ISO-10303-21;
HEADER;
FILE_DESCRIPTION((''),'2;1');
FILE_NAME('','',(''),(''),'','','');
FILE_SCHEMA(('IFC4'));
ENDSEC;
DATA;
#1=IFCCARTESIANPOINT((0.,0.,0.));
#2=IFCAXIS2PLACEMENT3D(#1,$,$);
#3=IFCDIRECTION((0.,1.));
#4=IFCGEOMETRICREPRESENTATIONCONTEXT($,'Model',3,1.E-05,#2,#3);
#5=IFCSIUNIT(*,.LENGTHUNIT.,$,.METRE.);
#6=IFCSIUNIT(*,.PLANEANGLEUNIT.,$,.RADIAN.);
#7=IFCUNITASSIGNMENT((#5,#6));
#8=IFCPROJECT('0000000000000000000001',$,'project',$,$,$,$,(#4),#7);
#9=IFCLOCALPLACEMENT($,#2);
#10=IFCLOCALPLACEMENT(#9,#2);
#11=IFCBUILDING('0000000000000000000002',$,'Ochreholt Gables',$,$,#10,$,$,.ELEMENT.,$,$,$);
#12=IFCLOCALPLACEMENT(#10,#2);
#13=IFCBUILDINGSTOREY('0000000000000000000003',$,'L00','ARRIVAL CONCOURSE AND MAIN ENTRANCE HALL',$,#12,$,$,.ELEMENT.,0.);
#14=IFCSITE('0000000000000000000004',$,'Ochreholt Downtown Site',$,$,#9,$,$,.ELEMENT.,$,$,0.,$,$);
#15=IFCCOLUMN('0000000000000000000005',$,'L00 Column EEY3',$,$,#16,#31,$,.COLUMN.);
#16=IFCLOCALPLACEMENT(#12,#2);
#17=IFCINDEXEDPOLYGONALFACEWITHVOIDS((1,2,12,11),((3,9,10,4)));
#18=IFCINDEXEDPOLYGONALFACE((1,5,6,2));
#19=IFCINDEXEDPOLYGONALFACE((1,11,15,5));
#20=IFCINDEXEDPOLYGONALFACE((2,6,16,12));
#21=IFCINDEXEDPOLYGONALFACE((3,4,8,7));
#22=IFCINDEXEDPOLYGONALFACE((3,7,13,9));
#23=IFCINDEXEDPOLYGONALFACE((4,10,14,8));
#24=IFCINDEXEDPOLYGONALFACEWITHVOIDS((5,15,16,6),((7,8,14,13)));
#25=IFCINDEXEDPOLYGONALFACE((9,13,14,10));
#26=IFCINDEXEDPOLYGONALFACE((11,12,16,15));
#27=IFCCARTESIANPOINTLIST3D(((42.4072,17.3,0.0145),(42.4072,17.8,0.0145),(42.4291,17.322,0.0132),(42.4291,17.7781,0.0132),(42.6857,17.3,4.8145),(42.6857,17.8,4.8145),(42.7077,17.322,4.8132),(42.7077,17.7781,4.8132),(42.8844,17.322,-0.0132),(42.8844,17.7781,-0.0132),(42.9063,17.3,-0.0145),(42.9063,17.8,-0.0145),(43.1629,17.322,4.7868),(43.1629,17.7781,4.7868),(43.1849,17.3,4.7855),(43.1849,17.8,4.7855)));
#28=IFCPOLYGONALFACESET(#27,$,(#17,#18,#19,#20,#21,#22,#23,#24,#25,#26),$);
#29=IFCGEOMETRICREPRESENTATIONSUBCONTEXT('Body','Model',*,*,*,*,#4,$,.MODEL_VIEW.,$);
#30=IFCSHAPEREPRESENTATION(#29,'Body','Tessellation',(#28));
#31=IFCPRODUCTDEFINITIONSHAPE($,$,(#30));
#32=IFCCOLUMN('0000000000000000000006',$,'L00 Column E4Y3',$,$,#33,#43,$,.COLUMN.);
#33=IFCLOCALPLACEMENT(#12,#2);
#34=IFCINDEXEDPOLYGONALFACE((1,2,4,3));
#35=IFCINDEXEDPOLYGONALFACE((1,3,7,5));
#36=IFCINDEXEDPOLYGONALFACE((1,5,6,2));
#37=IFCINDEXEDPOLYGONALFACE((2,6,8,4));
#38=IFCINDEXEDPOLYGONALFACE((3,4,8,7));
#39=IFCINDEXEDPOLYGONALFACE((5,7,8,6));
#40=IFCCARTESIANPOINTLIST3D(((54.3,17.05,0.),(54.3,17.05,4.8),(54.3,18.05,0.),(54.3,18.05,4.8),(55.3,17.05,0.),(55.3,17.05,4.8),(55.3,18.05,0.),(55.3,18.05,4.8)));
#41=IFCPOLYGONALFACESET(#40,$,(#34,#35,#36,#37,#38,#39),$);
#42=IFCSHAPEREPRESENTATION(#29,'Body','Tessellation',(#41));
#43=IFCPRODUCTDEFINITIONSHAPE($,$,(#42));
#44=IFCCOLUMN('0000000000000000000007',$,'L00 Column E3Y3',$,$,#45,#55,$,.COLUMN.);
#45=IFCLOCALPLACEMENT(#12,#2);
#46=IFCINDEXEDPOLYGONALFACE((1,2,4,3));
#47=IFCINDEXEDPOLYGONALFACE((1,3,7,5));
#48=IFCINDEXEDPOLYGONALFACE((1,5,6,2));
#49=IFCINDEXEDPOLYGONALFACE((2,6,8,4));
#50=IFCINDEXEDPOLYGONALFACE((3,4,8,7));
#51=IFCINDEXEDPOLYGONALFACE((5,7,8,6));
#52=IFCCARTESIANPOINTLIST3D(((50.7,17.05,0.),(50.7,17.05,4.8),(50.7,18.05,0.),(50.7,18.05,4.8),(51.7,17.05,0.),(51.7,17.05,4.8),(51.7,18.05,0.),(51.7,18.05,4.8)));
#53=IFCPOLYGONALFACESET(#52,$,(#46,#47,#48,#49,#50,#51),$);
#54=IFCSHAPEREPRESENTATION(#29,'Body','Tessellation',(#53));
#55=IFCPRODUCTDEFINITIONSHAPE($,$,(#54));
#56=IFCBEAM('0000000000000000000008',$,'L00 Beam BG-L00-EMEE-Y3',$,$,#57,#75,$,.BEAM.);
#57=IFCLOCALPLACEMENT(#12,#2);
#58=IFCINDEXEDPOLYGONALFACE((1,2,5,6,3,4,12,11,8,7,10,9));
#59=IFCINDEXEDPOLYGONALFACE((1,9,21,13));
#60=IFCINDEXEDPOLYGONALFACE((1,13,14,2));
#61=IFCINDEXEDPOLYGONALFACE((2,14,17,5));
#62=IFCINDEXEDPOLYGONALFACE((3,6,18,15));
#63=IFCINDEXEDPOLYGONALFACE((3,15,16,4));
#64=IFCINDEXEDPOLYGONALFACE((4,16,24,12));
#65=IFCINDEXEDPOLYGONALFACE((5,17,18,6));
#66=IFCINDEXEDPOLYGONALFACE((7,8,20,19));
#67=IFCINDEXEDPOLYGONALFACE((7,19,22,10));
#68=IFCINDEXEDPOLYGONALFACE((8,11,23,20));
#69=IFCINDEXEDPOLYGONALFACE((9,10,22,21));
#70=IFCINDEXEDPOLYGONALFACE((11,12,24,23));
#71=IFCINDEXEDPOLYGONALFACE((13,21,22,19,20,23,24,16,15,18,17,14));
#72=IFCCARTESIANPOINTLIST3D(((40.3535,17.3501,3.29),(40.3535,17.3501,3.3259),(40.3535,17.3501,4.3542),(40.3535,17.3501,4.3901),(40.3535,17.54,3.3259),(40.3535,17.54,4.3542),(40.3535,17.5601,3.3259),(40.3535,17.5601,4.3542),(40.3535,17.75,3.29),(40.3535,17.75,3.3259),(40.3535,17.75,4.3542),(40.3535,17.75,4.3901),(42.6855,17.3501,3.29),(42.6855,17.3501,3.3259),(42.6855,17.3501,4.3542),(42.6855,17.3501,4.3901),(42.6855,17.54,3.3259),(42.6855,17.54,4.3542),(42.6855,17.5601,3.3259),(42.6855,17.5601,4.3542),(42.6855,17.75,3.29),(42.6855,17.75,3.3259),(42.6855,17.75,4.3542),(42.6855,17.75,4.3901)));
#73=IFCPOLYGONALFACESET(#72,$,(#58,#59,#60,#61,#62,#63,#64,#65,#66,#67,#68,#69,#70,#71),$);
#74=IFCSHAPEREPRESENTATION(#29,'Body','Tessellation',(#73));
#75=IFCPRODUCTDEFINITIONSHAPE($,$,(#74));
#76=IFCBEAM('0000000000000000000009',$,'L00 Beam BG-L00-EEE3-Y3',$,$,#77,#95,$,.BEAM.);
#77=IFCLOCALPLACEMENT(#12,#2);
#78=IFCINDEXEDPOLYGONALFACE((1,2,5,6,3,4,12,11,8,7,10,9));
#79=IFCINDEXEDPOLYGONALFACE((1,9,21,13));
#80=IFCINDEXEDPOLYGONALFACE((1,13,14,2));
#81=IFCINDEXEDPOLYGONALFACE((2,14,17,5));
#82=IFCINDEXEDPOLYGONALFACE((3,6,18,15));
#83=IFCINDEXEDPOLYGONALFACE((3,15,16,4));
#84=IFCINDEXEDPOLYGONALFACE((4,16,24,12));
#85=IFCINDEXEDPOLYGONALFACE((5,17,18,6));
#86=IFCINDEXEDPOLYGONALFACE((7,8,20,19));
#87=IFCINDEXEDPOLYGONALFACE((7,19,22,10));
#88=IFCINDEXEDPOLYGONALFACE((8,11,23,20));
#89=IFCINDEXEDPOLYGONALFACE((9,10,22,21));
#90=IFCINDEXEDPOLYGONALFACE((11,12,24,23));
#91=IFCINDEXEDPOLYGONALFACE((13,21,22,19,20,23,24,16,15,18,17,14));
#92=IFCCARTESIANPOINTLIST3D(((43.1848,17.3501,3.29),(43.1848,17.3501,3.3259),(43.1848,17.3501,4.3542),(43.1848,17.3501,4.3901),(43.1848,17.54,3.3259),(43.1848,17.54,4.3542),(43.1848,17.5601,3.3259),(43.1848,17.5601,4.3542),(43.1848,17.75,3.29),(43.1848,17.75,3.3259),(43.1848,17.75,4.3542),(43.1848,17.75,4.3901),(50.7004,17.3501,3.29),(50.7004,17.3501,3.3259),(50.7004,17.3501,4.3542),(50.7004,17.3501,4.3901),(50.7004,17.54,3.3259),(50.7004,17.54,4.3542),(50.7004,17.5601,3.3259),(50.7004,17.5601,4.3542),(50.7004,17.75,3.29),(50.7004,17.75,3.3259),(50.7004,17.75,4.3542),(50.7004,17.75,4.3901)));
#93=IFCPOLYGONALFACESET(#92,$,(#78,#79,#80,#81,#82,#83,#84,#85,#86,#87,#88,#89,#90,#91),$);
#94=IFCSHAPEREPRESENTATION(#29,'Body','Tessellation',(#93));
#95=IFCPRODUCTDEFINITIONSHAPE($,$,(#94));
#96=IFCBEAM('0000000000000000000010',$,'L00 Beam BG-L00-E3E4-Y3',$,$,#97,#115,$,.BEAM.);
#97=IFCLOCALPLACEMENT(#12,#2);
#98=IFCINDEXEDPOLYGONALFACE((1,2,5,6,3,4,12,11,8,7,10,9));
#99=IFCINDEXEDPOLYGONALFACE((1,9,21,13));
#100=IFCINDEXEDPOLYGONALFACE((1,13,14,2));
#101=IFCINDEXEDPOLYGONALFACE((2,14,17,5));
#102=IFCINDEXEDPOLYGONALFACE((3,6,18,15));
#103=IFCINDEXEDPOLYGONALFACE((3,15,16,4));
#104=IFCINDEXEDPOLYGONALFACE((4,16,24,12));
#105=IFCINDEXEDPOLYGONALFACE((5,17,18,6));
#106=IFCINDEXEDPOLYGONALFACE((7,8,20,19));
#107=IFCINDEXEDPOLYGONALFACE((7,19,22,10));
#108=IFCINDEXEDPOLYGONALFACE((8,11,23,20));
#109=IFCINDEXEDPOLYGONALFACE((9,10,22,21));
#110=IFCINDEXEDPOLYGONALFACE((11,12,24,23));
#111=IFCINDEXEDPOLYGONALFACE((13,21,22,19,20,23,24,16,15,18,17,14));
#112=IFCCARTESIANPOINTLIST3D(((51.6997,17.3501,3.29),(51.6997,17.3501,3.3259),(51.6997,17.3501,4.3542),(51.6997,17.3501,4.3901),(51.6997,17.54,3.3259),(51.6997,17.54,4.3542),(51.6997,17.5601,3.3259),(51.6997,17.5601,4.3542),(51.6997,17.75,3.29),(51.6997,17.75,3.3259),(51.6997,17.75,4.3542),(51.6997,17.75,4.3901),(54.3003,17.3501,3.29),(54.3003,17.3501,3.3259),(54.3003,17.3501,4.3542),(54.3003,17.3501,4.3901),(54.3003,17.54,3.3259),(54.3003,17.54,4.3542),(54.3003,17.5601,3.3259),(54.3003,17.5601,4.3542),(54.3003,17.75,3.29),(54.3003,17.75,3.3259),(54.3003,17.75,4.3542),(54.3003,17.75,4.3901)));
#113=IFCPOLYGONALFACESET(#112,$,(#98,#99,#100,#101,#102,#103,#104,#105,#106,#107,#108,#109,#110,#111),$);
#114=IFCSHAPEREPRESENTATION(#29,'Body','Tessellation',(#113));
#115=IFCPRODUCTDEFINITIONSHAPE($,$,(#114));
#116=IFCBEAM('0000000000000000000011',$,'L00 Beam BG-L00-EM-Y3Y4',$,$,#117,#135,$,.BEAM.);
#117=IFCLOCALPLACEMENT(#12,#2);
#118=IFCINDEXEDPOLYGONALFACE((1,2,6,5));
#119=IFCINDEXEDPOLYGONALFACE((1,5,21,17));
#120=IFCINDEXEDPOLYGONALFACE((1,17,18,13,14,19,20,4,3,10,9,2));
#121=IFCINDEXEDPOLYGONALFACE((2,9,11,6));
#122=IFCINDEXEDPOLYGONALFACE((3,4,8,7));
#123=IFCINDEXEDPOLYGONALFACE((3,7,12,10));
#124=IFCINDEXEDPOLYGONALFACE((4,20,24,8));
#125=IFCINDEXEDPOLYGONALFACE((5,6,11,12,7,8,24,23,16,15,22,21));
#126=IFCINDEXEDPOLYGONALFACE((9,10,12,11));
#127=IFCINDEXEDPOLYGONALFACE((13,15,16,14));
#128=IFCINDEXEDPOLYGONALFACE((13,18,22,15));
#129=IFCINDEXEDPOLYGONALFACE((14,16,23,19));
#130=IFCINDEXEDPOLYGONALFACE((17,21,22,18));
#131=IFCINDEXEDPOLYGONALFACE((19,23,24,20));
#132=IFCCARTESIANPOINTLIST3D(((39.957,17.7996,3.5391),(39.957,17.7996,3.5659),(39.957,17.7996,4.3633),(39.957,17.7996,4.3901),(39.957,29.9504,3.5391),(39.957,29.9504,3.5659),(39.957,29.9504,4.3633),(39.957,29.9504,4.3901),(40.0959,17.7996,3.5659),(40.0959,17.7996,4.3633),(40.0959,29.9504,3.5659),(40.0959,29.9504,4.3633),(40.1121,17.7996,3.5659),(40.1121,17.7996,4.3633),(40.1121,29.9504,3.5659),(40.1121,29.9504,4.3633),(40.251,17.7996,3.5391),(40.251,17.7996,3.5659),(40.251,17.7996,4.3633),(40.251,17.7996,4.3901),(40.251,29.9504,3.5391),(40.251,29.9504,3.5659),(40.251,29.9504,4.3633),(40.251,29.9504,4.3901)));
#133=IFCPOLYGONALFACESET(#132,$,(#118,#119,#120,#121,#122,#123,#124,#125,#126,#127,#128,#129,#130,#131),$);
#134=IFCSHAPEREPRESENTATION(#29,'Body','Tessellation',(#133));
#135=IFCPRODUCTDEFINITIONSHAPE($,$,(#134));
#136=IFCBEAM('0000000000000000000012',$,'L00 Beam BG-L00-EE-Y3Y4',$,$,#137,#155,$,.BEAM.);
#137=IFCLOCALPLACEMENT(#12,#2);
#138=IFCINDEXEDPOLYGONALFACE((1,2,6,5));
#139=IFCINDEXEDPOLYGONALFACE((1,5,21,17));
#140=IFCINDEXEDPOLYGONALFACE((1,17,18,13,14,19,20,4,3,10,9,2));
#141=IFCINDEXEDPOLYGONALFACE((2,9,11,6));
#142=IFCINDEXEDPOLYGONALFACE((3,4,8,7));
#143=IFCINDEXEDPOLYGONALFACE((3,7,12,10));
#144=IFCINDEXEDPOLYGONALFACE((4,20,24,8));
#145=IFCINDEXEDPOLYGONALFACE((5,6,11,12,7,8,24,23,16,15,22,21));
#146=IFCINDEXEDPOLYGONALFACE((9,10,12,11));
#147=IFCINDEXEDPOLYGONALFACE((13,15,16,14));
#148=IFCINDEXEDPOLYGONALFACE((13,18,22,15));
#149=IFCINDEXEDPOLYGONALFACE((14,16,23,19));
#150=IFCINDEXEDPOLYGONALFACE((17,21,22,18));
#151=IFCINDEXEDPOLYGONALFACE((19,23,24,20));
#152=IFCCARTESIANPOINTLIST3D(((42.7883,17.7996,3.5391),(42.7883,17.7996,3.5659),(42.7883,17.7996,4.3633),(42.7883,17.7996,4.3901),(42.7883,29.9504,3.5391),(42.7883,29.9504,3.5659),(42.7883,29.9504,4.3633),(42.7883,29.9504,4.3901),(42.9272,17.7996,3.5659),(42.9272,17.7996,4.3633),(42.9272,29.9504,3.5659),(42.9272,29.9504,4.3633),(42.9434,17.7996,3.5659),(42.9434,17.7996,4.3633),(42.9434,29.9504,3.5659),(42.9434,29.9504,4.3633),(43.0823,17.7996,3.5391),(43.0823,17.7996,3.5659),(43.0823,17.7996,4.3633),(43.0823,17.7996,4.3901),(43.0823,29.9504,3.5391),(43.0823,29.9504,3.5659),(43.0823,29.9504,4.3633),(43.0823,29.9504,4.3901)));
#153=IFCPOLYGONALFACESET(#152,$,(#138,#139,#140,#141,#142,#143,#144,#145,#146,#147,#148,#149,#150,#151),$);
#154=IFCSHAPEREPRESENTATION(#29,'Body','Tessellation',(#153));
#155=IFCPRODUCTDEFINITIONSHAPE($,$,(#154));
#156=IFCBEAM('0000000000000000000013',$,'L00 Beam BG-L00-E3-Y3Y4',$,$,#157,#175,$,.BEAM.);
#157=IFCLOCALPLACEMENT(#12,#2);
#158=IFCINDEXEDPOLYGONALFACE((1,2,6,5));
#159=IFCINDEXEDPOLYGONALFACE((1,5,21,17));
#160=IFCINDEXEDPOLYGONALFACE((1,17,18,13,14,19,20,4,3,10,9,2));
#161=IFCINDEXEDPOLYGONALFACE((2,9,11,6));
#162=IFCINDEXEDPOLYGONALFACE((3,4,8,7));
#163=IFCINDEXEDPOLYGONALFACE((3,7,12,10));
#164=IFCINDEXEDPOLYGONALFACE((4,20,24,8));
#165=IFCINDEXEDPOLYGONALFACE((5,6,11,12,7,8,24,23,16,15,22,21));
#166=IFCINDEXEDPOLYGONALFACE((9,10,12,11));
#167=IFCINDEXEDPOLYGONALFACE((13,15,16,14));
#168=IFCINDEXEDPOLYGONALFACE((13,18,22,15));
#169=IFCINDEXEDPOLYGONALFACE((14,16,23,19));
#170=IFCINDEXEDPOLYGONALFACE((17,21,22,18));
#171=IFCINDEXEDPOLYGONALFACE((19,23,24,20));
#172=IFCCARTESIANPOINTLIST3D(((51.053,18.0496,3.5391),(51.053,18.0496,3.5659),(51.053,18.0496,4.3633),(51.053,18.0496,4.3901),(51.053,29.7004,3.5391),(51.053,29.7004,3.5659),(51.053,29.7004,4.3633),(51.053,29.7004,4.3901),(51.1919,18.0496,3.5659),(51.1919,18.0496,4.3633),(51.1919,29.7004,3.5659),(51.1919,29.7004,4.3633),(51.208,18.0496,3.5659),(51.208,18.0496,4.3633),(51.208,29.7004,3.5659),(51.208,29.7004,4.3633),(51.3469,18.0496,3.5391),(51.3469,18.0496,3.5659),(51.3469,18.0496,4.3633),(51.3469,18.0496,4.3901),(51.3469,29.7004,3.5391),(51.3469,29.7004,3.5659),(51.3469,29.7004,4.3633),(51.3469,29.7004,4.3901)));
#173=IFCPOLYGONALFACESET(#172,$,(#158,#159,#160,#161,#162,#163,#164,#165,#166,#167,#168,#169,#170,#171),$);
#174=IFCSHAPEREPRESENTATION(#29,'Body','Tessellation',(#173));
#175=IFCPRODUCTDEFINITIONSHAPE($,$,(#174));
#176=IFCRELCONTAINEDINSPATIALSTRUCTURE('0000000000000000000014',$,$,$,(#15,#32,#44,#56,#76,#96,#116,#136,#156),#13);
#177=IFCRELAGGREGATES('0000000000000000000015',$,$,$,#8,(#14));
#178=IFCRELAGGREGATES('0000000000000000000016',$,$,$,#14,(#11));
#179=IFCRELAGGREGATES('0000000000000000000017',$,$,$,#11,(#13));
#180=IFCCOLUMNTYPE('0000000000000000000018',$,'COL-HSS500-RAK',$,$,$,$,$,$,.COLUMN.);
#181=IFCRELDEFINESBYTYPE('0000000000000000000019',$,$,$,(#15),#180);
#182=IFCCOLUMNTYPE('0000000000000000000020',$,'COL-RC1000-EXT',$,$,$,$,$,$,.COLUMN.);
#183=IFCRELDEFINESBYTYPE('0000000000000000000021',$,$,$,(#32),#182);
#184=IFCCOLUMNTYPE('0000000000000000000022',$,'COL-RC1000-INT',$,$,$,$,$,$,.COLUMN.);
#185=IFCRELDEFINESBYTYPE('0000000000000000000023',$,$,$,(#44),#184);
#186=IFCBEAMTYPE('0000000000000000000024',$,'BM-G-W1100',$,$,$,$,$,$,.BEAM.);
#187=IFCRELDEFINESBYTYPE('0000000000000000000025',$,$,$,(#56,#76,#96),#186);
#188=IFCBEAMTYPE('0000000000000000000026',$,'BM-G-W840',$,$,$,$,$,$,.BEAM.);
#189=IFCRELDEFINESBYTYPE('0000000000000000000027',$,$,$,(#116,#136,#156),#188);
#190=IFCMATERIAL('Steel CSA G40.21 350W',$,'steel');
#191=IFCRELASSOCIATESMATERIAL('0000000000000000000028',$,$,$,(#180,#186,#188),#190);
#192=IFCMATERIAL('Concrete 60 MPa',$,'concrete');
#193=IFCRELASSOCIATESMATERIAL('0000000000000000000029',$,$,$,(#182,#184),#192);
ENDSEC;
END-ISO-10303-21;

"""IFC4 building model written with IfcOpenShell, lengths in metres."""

from ifc_helpers import new_model, si_unit, direction, frame, origin, origin_2d, place, context, subcontext, project, spatial, rectangle, hollow_rectangle, i_section, extrude, material, material_profile, profile_set, type_object, element, save


model = new_model("IFC4")

# Units and contexts
model_context = context("Model", 3, precision=1e-05, world=origin(), true_north=direction((0.0, 1.0)))
body_context = subcontext(model_context, "Body", "Model", "MODEL_VIEW")
ifc_project = project(units=[si_unit("LENGTHUNIT", "METRE"), si_unit("PLANEANGLEUNIT", "RADIAN")], contexts=[model_context])

# Site, building, storey
site_placement = place(None, origin())
site = spatial("IfcSite", under=ifc_project, at=site_placement, Name="Ochreholt Downtown Site", CompositionType="ELEMENT", RefElevation=0.0)
building_placement = place(site_placement, origin())
building = spatial("IfcBuilding", under=site, at=building_placement, Name="Ochreholt Gables", CompositionType="ELEMENT")
storey_placement = place(building_placement, origin())
storey = spatial("IfcBuildingStorey", under=building, at=storey_placement, Name="L00", Description="ARRIVAL CONCOURSE AND MAIN ENTRANCE HALL", CompositionType="ELEMENT", Elevation=0.0)

# Columns
ifc_material_1 = material(Name="Steel CSA G40.21 350W", Category="steel")
ifc_material_profile_1 = material_profile(ifc_material_1, hollow_rectangle(XDim=0.5, YDim=0.5, WallThickness=0.022, at=origin_2d()), Name="HSS500X500X22")
ifc_profile_set_1 = profile_set([ifc_material_profile_1], Name="Steel CSA G40.21 350W")
column_type_1 = type_object("IfcColumnType", Name="COL-HSS500-RAK", PredefinedType="COLUMN", material=ifc_profile_set_1)
column_1_placement = place(storey_placement, frame((42.6567, 17.55, 0.0), z_axis=(0.057936, 0.0, 0.99832), x_axis=(0.0, 1.0, 0.0)))
element("IfcColumn", 1, at=column_1_placement, inside=storey, type_object=column_type_1, Name="L00 Column EEY3", PredefinedType="COLUMN", context=body_context, shape_type="SweptSolid", body=[
    extrude(hollow_rectangle(XDim=0.5, YDim=0.5, WallThickness=0.022, at=origin_2d()), origin(), (0.0, 0.0, 1.0), 4.8081),
])
ifc_material_2 = material(Name="Concrete 60 MPa", Category="concrete")
ifc_material_profile_2 = material_profile(ifc_material_2, rectangle(XDim=1.0, YDim=1.0, at=origin_2d()), Name="RC1000X1000")
ifc_profile_set_2 = profile_set([ifc_material_profile_2], Name="Concrete 60 MPa")
column_type_2 = type_object("IfcColumnType", Name="COL-RC1000-EXT", PredefinedType="COLUMN", material=ifc_profile_set_2)
column_2_placement = place(storey_placement, frame((54.8, 17.55, 0.0), z_axis=(0.0, 0.0, 1.0), x_axis=(1.0, 0.0, 0.0)))
element("IfcColumn", 2, at=column_2_placement, inside=storey, type_object=column_type_2, Name="L00 Column E4Y3", PredefinedType="COLUMN", context=body_context, shape_type="SweptSolid", body=[
    extrude(rectangle(XDim=1.0, YDim=1.0, at=origin_2d()), origin(), (0.0, 0.0, 1.0), 4.8),
])
ifc_material_profile_3 = material_profile(ifc_material_2, rectangle(XDim=1.0, YDim=1.0, at=origin_2d()), Name="RC1000X1000")
ifc_profile_set_3 = profile_set([ifc_material_profile_3], Name="Concrete 60 MPa")
column_type_3 = type_object("IfcColumnType", Name="COL-RC1000-INT", PredefinedType="COLUMN", material=ifc_profile_set_3)
column_3_placement = place(storey_placement, frame((51.2, 17.55, 0.0), z_axis=(0.0, 0.0, 1.0), x_axis=(1.0, 0.0, 0.0)))
element("IfcColumn", 3, at=column_3_placement, inside=storey, type_object=column_type_3, Name="L00 Column E3Y3", PredefinedType="COLUMN", context=body_context, shape_type="SweptSolid", body=[
    extrude(rectangle(XDim=1.0, YDim=1.0, at=origin_2d()), origin(), (0.0, 0.0, 1.0), 4.8),
])

# Beams
ifc_material_profile_4 = material_profile(ifc_material_1, i_section(OverallWidth=0.3999, OverallDepth=1.1001, WebThickness=0.02, FlangeThickness=0.0359, at=origin_2d()), Name="W1100X390")
ifc_profile_set_4 = profile_set([ifc_material_profile_4], Name="Steel CSA G40.21 350W")
beam_type_1 = type_object("IfcBeamType", Name="BM-G-W1100", PredefinedType="BEAM", material=ifc_profile_set_4)
beam_1_placement = place(storey_placement, frame((40.3535, 17.55, 3.8401), z_axis=(1.0, 0.0, 0.0), x_axis=(0.0, 1.0, 0.0)))
element("IfcBeam", 4, at=beam_1_placement, inside=storey, type_object=beam_type_1, Name="L00 Beam BG-L00-EMEE-Y3", PredefinedType="BEAM", context=body_context, shape_type="SweptSolid", body=[
    extrude(i_section(OverallWidth=0.3999, OverallDepth=1.1001, WebThickness=0.02, FlangeThickness=0.0359, at=origin_2d()), origin(), (0.0, 0.0, 1.0), 2.332),
])
beam_2_placement = place(storey_placement, frame((43.1848, 17.55, 3.8401), z_axis=(1.0, 0.0, 0.0), x_axis=(0.0, 1.0, 0.0)))
element("IfcBeam", 5, at=beam_2_placement, inside=storey, type_object=beam_type_1, Name="L00 Beam BG-L00-EEE3-Y3", PredefinedType="BEAM", context=body_context, shape_type="SweptSolid", body=[
    extrude(i_section(OverallWidth=0.3999, OverallDepth=1.1001, WebThickness=0.02, FlangeThickness=0.0359, at=origin_2d()), origin(), (0.0, 0.0, 1.0), 7.5156),
])
beam_3_placement = place(storey_placement, frame((51.6997, 17.55, 3.8401), z_axis=(1.0, 0.0, 0.0), x_axis=(0.0, 1.0, 0.0)))
element("IfcBeam", 6, at=beam_3_placement, inside=storey, type_object=beam_type_1, Name="L00 Beam BG-L00-E3E4-Y3", PredefinedType="BEAM", context=body_context, shape_type="SweptSolid", body=[
    extrude(i_section(OverallWidth=0.3999, OverallDepth=1.1001, WebThickness=0.02, FlangeThickness=0.0359, at=origin_2d()), origin(), (0.0, 0.0, 1.0), 2.6006),
])
ifc_material_profile_5 = material_profile(ifc_material_1, i_section(OverallWidth=0.2939, OverallDepth=0.8511, WebThickness=0.0161, FlangeThickness=0.0269, at=origin_2d()), Name="W840X226")
ifc_profile_set_5 = profile_set([ifc_material_profile_5], Name="Steel CSA G40.21 350W")
beam_type_2 = type_object("IfcBeamType", Name="BM-G-W840", PredefinedType="BEAM", material=ifc_profile_set_5)
for number, where, z_axis, x_axis, name in (
    (7, (40.104, 17.7996, 3.9646), (0.0, 1.0, 0.0), (-1.0, 0.0, 0.0), "L00 Beam BG-L00-EM-Y3Y4"),
    (8, (42.9353, 17.7996, 3.9646), (0.0, 1.0, 0.0), (-1.0, 0.0, 0.0), "L00 Beam BG-L00-EE-Y3Y4"),
):
    element("IfcBeam", number, at=place(storey_placement, frame(where, z_axis=z_axis, x_axis=x_axis)), inside=storey, type_object=beam_type_2, Name=name, PredefinedType="BEAM", context=body_context, shape_type="SweptSolid", body=[
        extrude(i_section(OverallWidth=0.2939, OverallDepth=0.8511, WebThickness=0.0161, FlangeThickness=0.0269, at=origin_2d()), origin(), (0.0, 0.0, 1.0), 12.1509),
    ])
beam_4_placement = place(storey_placement, frame((51.2, 18.0496, 3.9646), z_axis=(0.0, 1.0, 0.0), x_axis=(-1.0, 0.0, 0.0)))
element("IfcBeam", 9, at=beam_4_placement, inside=storey, type_object=beam_type_2, Name="L00 Beam BG-L00-E3-Y3Y4", PredefinedType="BEAM", context=body_context, shape_type="SweptSolid", body=[
    extrude(i_section(OverallWidth=0.2939, OverallDepth=0.8511, WebThickness=0.0161, FlangeThickness=0.0269, at=origin_2d()), origin(), (0.0, 0.0, 1.0), 11.6509),
])

save(model, "model.ifc")
